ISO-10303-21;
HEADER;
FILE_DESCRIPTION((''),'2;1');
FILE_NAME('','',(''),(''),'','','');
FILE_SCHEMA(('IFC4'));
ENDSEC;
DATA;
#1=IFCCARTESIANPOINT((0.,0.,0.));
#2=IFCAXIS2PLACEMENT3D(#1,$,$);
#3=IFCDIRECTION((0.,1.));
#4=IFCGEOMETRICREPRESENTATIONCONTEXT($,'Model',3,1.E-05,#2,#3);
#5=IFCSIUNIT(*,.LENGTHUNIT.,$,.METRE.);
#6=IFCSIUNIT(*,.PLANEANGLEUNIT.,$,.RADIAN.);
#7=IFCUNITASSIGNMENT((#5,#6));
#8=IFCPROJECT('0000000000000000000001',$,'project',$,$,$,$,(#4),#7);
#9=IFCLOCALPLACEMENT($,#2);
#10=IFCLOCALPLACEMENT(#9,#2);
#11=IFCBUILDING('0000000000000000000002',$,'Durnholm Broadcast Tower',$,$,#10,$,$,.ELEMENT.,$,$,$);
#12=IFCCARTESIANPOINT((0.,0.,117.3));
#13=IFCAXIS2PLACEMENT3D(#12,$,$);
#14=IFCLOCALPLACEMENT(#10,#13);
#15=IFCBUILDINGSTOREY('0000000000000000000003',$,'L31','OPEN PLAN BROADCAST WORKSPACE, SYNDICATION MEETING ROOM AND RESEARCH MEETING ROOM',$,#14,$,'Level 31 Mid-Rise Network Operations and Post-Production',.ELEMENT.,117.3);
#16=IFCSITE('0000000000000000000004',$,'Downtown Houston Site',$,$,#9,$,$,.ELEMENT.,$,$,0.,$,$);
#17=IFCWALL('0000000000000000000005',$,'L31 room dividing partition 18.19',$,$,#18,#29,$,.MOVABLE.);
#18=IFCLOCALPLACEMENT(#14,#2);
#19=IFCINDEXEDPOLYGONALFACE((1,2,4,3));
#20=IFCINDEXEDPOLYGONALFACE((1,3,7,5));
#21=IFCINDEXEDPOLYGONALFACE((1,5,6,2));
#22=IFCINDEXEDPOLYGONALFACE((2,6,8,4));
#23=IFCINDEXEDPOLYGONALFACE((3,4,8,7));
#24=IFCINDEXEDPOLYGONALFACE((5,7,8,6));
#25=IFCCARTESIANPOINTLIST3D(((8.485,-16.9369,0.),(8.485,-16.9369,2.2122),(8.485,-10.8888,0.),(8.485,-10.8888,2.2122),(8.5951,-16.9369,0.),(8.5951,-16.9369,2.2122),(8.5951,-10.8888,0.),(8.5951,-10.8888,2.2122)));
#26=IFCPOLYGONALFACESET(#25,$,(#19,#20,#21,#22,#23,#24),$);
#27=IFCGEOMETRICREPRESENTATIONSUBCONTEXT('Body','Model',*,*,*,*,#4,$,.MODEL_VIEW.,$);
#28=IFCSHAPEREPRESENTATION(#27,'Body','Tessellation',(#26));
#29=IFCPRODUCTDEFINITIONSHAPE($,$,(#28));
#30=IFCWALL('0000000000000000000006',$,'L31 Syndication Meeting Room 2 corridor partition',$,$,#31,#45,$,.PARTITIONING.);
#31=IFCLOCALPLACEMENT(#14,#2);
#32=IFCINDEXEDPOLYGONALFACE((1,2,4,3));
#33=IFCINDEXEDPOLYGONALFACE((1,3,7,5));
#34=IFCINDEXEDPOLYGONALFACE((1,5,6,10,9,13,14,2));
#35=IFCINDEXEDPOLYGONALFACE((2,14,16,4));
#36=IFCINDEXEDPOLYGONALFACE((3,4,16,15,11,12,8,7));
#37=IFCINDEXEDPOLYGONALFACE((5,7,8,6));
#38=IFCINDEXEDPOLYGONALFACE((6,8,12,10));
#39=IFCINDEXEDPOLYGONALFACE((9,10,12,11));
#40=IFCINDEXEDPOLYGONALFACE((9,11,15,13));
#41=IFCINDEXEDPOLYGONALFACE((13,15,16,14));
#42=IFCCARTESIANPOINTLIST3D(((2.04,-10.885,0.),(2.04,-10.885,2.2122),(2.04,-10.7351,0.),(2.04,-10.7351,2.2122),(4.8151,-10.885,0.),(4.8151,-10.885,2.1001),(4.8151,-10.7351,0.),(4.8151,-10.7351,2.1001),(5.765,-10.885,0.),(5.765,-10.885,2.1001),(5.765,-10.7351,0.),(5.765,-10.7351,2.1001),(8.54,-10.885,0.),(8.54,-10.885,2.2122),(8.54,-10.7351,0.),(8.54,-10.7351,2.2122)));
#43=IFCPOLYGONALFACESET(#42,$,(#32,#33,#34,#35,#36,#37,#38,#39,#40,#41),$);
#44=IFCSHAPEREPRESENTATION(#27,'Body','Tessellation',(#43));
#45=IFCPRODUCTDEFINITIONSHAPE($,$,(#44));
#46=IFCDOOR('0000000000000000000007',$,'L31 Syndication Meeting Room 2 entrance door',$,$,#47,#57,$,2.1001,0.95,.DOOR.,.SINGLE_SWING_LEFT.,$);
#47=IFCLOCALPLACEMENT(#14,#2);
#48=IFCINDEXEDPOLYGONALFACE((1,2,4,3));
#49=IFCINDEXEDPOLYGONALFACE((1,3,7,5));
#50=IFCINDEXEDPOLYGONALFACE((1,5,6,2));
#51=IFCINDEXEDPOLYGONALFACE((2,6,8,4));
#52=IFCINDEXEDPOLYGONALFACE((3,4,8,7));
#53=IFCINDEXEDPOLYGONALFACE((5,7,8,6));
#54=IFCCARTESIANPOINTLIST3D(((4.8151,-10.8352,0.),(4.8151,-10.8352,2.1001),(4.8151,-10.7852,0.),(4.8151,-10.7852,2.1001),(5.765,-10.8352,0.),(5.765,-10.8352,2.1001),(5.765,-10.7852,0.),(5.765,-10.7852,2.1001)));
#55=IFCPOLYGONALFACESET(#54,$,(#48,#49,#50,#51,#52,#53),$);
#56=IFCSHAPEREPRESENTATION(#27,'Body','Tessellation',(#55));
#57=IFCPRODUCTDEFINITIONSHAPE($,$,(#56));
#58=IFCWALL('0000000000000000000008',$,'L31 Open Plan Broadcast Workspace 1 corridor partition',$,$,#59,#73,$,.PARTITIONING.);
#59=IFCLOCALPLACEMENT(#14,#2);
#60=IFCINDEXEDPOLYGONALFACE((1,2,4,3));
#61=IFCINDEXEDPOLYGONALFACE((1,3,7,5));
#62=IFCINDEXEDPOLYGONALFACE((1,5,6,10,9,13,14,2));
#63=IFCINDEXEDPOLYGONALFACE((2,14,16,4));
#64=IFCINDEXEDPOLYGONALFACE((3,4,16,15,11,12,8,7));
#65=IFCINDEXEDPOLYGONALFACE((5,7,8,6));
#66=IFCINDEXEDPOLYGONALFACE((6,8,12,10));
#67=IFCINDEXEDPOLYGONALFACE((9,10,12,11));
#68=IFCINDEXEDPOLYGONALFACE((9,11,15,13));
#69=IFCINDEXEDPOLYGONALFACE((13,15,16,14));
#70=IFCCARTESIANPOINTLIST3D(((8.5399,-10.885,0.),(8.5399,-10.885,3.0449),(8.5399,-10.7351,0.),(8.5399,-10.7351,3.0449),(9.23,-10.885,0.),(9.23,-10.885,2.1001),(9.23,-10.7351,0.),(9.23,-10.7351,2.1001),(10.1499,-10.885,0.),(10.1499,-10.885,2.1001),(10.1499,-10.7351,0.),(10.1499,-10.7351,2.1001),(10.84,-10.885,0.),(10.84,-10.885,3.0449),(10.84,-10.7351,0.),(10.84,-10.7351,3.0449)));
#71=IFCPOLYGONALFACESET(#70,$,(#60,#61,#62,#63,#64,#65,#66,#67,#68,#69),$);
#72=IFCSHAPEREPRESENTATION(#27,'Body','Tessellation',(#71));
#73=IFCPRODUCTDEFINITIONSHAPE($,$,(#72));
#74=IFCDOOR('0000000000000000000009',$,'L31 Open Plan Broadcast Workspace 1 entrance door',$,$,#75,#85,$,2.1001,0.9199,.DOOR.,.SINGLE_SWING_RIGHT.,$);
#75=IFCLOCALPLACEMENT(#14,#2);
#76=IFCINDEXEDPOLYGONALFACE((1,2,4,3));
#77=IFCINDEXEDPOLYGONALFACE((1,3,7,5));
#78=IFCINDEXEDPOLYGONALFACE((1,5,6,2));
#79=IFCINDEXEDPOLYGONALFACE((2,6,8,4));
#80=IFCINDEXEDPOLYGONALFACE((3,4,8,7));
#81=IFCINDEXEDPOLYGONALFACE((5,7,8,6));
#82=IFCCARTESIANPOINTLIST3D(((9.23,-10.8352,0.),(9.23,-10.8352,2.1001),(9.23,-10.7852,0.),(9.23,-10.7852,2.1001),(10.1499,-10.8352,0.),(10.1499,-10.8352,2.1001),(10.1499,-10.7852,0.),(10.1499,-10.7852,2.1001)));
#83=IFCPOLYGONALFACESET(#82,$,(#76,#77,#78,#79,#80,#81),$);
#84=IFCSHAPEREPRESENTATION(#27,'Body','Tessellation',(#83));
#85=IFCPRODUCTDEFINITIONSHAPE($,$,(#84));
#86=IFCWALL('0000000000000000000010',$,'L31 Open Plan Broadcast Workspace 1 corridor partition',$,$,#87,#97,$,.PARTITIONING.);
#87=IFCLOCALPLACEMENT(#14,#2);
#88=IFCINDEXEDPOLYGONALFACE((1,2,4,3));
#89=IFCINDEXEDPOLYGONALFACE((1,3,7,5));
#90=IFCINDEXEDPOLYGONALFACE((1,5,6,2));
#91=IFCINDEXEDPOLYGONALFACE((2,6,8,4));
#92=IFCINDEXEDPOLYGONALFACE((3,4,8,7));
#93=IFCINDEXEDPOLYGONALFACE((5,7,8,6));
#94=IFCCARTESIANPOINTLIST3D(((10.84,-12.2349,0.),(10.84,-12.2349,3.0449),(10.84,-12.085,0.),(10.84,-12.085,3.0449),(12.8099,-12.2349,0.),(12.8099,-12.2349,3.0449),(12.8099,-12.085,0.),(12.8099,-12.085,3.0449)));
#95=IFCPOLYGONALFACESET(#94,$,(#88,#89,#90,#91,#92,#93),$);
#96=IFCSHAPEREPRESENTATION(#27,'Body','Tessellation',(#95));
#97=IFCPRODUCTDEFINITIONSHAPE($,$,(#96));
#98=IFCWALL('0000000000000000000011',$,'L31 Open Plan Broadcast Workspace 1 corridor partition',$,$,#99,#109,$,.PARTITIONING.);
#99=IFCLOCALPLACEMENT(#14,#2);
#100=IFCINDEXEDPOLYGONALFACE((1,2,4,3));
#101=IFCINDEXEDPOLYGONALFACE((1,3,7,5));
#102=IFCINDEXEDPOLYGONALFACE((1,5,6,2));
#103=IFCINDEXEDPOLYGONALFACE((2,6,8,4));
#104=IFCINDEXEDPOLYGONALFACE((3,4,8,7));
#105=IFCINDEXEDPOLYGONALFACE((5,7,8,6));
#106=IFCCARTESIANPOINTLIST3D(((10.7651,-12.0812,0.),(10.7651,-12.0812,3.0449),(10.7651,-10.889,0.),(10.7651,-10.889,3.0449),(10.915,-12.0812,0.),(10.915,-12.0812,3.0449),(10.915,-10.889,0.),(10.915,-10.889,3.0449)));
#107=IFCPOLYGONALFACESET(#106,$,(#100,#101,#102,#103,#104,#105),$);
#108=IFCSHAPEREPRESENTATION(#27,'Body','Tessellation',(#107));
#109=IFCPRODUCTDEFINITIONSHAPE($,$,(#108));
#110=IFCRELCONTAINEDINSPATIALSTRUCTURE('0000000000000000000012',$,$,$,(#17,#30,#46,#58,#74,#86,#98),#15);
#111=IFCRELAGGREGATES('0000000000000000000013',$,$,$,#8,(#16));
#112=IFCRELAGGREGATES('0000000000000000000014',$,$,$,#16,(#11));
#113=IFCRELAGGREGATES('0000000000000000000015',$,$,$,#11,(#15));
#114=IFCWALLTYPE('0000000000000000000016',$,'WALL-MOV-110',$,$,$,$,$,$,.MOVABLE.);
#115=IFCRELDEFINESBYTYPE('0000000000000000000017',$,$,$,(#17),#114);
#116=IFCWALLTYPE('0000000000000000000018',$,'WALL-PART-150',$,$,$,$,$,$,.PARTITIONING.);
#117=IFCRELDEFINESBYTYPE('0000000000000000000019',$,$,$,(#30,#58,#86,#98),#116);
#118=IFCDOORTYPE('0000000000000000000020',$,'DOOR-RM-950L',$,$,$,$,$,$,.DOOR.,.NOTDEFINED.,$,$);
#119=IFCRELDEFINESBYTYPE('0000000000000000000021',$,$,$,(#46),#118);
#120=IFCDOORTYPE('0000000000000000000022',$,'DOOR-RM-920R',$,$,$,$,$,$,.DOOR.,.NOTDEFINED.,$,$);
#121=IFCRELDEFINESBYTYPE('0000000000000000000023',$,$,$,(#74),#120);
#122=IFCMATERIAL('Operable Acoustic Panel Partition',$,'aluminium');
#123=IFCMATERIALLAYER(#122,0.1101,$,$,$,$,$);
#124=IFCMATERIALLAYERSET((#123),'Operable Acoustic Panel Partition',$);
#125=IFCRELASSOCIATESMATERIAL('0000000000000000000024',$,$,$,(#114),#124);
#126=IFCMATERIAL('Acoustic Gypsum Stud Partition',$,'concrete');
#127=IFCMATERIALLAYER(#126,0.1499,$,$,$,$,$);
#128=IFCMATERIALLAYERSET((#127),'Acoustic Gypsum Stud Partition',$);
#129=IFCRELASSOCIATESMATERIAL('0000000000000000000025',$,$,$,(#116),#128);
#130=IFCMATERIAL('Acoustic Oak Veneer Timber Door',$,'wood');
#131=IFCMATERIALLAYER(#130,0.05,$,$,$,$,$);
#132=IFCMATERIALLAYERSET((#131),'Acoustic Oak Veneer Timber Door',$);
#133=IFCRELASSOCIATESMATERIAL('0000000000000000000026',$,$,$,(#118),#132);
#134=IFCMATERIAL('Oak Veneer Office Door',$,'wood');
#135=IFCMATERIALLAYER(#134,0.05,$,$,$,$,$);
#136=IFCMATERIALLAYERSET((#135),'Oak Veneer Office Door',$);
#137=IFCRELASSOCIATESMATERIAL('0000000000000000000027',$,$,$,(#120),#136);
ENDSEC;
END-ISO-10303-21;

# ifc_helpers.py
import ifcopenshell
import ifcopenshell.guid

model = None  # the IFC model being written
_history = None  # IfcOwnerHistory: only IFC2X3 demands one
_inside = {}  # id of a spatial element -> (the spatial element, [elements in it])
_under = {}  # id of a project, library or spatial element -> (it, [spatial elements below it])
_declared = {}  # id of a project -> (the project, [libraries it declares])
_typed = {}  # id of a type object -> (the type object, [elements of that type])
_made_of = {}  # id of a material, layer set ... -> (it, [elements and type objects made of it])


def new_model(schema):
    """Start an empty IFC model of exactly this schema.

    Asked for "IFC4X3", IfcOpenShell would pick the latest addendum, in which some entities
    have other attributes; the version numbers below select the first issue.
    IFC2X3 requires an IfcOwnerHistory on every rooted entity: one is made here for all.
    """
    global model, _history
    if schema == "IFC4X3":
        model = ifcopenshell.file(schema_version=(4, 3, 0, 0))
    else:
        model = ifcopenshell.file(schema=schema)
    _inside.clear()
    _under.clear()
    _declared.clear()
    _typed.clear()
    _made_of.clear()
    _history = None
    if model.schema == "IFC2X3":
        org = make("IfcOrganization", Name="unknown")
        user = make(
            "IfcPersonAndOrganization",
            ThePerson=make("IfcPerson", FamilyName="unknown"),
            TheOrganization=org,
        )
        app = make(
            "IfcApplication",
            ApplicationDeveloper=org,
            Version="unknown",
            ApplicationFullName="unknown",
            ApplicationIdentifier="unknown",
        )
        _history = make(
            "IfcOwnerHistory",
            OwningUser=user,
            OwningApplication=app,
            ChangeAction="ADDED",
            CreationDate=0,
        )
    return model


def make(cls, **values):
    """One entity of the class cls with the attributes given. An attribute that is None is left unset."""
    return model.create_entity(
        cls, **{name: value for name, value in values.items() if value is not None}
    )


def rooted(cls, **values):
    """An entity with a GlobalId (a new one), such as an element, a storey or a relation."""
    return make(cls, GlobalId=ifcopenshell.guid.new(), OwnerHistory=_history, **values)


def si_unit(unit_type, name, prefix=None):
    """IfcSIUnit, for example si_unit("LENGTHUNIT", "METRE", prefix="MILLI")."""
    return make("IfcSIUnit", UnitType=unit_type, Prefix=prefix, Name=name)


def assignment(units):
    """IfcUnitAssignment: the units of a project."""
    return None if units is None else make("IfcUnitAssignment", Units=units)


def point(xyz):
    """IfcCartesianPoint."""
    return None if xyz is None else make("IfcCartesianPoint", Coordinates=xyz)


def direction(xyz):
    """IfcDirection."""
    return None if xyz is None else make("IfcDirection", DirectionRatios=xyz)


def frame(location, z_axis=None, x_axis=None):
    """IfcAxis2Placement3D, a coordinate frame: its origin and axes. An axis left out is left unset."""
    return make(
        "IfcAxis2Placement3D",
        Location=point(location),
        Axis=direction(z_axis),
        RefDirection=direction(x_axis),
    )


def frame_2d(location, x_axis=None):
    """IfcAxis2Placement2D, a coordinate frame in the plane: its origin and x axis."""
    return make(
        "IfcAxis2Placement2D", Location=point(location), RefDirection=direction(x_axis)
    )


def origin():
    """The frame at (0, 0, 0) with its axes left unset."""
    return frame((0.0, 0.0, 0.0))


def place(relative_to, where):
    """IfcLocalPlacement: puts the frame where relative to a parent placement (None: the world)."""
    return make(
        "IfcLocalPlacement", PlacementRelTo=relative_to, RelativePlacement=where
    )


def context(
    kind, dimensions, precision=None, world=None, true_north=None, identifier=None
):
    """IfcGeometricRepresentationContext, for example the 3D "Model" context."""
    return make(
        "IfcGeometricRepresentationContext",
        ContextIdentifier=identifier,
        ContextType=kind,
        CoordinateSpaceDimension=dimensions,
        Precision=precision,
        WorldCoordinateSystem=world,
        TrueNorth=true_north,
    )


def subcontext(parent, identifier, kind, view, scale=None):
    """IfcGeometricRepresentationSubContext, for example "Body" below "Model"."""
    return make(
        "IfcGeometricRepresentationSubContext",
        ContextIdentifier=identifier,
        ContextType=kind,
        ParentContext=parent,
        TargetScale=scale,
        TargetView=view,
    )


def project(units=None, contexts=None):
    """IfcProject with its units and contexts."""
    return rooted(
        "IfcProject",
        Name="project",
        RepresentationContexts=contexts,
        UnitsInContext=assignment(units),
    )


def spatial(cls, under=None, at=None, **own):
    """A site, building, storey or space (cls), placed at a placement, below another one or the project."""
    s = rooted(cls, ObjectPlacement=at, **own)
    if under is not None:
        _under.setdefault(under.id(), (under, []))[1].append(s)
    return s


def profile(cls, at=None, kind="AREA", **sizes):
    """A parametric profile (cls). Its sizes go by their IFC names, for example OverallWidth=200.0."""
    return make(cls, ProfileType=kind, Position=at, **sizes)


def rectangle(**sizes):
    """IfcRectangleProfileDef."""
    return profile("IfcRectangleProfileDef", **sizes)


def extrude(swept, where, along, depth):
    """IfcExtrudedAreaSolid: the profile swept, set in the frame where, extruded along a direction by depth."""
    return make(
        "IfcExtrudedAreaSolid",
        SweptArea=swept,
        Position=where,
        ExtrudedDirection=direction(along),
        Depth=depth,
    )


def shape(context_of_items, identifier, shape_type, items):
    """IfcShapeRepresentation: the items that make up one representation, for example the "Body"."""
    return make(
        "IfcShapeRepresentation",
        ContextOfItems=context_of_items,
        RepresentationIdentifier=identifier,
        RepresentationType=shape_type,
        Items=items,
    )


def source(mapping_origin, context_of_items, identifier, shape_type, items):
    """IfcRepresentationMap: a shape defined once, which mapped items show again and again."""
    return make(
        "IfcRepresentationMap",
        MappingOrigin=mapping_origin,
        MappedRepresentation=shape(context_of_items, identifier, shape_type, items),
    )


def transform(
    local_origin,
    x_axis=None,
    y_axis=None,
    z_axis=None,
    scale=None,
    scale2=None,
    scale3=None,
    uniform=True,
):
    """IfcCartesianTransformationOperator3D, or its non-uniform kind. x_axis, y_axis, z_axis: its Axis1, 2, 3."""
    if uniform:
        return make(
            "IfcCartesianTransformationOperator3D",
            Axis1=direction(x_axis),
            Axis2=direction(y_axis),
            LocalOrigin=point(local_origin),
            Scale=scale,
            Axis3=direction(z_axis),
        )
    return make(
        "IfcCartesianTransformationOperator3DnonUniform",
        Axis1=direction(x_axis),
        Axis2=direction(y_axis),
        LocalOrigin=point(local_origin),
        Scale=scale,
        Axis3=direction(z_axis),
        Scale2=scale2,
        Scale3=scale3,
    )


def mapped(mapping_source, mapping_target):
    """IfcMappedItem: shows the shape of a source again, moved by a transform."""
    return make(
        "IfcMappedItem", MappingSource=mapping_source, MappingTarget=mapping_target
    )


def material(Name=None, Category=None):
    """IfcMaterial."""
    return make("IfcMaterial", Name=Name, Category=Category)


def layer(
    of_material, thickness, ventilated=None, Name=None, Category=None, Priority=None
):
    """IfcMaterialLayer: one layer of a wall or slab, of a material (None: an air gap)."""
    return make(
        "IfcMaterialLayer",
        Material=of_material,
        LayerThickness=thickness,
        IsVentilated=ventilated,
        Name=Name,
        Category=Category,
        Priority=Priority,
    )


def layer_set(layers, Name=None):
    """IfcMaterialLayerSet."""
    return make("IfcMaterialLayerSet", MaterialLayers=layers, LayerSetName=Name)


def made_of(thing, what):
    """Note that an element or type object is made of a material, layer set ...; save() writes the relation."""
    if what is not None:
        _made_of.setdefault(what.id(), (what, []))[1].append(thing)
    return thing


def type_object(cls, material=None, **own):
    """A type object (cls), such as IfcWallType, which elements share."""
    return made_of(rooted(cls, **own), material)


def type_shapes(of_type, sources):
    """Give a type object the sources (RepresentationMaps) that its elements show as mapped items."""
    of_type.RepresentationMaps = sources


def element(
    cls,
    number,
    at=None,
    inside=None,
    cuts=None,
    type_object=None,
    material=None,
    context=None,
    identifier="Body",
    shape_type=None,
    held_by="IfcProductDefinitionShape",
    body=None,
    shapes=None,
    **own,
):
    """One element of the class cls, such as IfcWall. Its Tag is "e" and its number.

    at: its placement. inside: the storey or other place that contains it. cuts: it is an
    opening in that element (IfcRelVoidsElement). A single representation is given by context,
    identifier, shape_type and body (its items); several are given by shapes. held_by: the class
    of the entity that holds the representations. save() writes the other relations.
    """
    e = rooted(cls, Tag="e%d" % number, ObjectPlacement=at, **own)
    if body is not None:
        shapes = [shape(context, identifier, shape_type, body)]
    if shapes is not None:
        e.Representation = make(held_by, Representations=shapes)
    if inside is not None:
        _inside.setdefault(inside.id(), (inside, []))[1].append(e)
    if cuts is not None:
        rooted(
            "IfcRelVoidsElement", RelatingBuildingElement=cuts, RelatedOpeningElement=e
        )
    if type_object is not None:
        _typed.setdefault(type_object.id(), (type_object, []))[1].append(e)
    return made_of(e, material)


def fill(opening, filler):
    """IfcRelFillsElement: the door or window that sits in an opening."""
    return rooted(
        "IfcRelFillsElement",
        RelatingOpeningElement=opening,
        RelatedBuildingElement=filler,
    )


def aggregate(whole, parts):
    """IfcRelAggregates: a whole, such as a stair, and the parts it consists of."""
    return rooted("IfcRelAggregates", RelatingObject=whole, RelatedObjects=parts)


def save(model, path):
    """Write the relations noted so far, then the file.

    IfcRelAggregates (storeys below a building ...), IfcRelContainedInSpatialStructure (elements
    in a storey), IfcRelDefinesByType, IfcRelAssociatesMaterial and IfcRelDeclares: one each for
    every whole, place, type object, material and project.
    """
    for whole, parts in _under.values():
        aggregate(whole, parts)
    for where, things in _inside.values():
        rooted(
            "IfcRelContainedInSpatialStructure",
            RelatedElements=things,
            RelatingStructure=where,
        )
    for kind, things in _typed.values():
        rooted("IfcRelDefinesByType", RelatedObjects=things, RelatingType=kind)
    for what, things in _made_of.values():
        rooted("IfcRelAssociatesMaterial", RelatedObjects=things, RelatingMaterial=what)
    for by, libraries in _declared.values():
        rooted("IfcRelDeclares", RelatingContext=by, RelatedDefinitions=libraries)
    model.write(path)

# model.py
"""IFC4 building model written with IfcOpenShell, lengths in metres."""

from ifc_helpers import new_model, si_unit, direction, frame, frame_2d, origin, place, context, subcontext, project, spatial, rectangle, extrude, source, transform, mapped, material, layer, layer_set, type_object, type_shapes, element, fill, save


model = new_model("IFC4")

# Units and contexts
model_context = context("Model", 3, precision=1e-05, world=origin(), true_north=direction((0.0, 1.0)))
body_context = subcontext(model_context, "Body", "Model", "MODEL_VIEW")
ifc_project = project(units=[si_unit("LENGTHUNIT", "METRE"), si_unit("PLANEANGLEUNIT", "RADIAN")], contexts=[model_context])

# Site, building, storey
site_placement = place(None, origin())
site = spatial("IfcSite", under=ifc_project, at=site_placement, Name="Downtown Houston Site", CompositionType="ELEMENT", RefElevation=0.0)
building_placement = place(site_placement, origin())
building = spatial("IfcBuilding", under=site, at=building_placement, Name="Durnholm Broadcast Tower", CompositionType="ELEMENT")
storey_placement = place(building_placement, frame((0.0, 0.0, 117.3)))
storey = spatial("IfcBuildingStorey", under=building, at=storey_placement, Name="L31", Description="OPEN PLAN BROADCAST WORKSPACE, SYNDICATION MEETING ROOM AND RESEARCH MEETING ROOM", LongName="Level 31 Mid-Rise Network Operations and Post-Production", CompositionType="ELEMENT", Elevation=117.3)

# Wall
ifc_material_1 = material(Name="Operable Acoustic Panel Partition", Category="aluminium")
ifc_layer_1 = layer(ifc_material_1, 0.1101)
ifc_layer_set_1 = layer_set([ifc_layer_1], Name="Operable Acoustic Panel Partition")
wall_type_1 = type_object("IfcWallType", Name="WALL-MOV-110", PredefinedType="MOVABLE", material=ifc_layer_set_1)
wall_1_placement = place(storey_placement, frame((8.54, -10.8889, 0.0), z_axis=(0.0, 0.0, 1.0), x_axis=(0.0, -1.0, 0.0)))
element("IfcWall", 1, at=wall_1_placement, inside=storey, type_object=wall_type_1, Name="L31 room dividing partition 18.19", PredefinedType="MOVABLE", context=body_context, shape_type="SweptSolid", body=[
    extrude(rectangle(XDim=6.0481, YDim=0.1101, at=frame_2d((3.0239, 0.0))), origin(), (0.0, 0.0, 1.0), 2.2122),
])

# Walls, openings, doors
ifc_material_2 = material(Name="Acoustic Gypsum Stud Partition", Category="concrete")
ifc_layer_2 = layer(ifc_material_2, 0.1499)
ifc_layer_set_2 = layer_set([ifc_layer_2], Name="Acoustic Gypsum Stud Partition")
wall_type_2 = type_object("IfcWallType", Name="WALL-PART-150", PredefinedType="PARTITIONING", material=ifc_layer_set_2)
wall_2_placement = place(storey_placement, frame((2.04, -10.8101, 0.0), z_axis=(0.0, 0.0, 1.0), x_axis=(1.0, 0.0, 0.0)))
wall_2 = element("IfcWall", 2, at=wall_2_placement, inside=storey, type_object=wall_type_2, Name="L31 Syndication Meeting Room 2 corridor partition", PredefinedType="PARTITIONING", context=body_context, shape_type="SweptSolid", body=[
    extrude(rectangle(XDim=6.5, YDim=0.1499, at=frame_2d((3.25, 0.0))), origin(), (0.0, 0.0, 1.0), 2.2122),
])
opening_1_placement = place(wall_2_placement, frame((2.7749, 0.0, 0.0)))
opening_1 = element("IfcOpeningElement", 3, at=opening_1_placement, cuts=wall_2, PredefinedType="OPENING", context=body_context, shape_type="SweptSolid", body=[
    extrude(rectangle(XDim=0.95, YDim=2.1001, at=frame_2d((0.4751, 1.05))), frame((0.0, 0.085, 0.0), z_axis=(0.0, -1.0, 0.0), x_axis=(1.0, 0.0, 0.0)), (0.0, 0.0, 1.0), 0.1699),
])
ifc_material_3 = material(Name="Acoustic Oak Veneer Timber Door", Category="wood")
ifc_layer_3 = layer(ifc_material_3, 0.05)
ifc_layer_set_3 = layer_set([ifc_layer_3], Name="Acoustic Oak Veneer Timber Door")
door_type_1 = type_object("IfcDoorType", Name="DOOR-RM-950L", OperationType="NOTDEFINED", PredefinedType="DOOR", material=ifc_layer_set_3)
shared_shape_1 = source(origin(), body_context, "Body", "SweptSolid", [
    extrude(rectangle(XDim=0.95, YDim=2.1001, at=frame_2d((0.4751, 1.05))), frame((0.0, 0.0249, 0.0), z_axis=(0.0, -1.0, 0.0), x_axis=(1.0, 0.0, 0.0)), (0.0, 0.0, 1.0), 0.05),
])
type_shapes(door_type_1, [shared_shape_1])
door_1_placement = place(opening_1_placement, origin())
door_1 = element("IfcDoor", 4, at=door_1_placement, inside=storey, type_object=door_type_1, Name="L31 Syndication Meeting Room 2 entrance door", OperationType="SINGLE_SWING_LEFT", OverallHeight=2.1001, OverallWidth=0.95, PredefinedType="DOOR", context=body_context, shape_type="MappedRepresentation", body=[
    mapped(shared_shape_1, transform((0.0, 0.0, 0.0), x_axis=(1.0, 0.0, 0.0), y_axis=(0.0, 1.0, 0.0), z_axis=(0.0, 0.0, 1.0), scale=1.0)),
])
fill(opening_1, door_1)
wall_3_placement = place(storey_placement, frame((8.54, -10.8101, 0.0), z_axis=(0.0, 0.0, 1.0), x_axis=(1.0, 0.0, 0.0)))
wall_3 = element("IfcWall", 5, at=wall_3_placement, inside=storey, type_object=wall_type_2, Name="L31 Open Plan Broadcast Workspace 1 corridor partition", PredefinedType="PARTITIONING", context=body_context, shape_type="SweptSolid", body=[
    extrude(rectangle(XDim=2.3, YDim=0.1499, at=frame_2d((1.1499, 0.0))), origin(), (0.0, 0.0, 1.0), 3.0449),
])
opening_2_placement = place(wall_3_placement, frame((0.6899, 0.0, 0.0)))
opening_2 = element("IfcOpeningElement", 6, at=opening_2_placement, cuts=wall_3, PredefinedType="OPENING", context=body_context, shape_type="SweptSolid", body=[
    extrude(rectangle(XDim=0.9199, YDim=2.1001, at=frame_2d((0.46, 1.05))), frame((0.0, 0.085, 0.0), z_axis=(0.0, -1.0, 0.0), x_axis=(1.0, 0.0, 0.0)), (0.0, 0.0, 1.0), 0.1699),
])
ifc_material_4 = material(Name="Oak Veneer Office Door", Category="wood")
ifc_layer_4 = layer(ifc_material_4, 0.05)
ifc_layer_set_4 = layer_set([ifc_layer_4], Name="Oak Veneer Office Door")
door_type_2 = type_object("IfcDoorType", Name="DOOR-RM-920R", OperationType="NOTDEFINED", PredefinedType="DOOR", material=ifc_layer_set_4)
shared_shape_2 = source(origin(), body_context, "Body", "SweptSolid", [
    extrude(rectangle(XDim=0.9199, YDim=2.1001, at=frame_2d((0.46, 1.05))), frame((0.0, 0.0249, 0.0), z_axis=(0.0, -1.0, 0.0), x_axis=(1.0, 0.0, 0.0)), (0.0, 0.0, 1.0), 0.05),
])
type_shapes(door_type_2, [shared_shape_2])
door_2_placement = place(opening_2_placement, origin())
door_2 = element("IfcDoor", 7, at=door_2_placement, inside=storey, type_object=door_type_2, Name="L31 Open Plan Broadcast Workspace 1 entrance door", OperationType="SINGLE_SWING_RIGHT", OverallHeight=2.1001, OverallWidth=0.9199, PredefinedType="DOOR", context=body_context, shape_type="MappedRepresentation", body=[
    mapped(shared_shape_2, transform((0.0, 0.0, 0.0), x_axis=(1.0, 0.0, 0.0), y_axis=(0.0, 1.0, 0.0), z_axis=(0.0, 0.0, 1.0), scale=1.0)),
])
fill(opening_2, door_2)

# Walls
wall_4_placement = place(storey_placement, frame((10.8401, -12.1599, 0.0), z_axis=(0.0, 0.0, 1.0), x_axis=(1.0, 0.0, 0.0)))
element("IfcWall", 8, at=wall_4_placement, inside=storey, type_object=wall_type_2, Name="L31 Open Plan Broadcast Workspace 1 corridor partition", PredefinedType="PARTITIONING", context=body_context, shape_type="SweptSolid", body=[
    extrude(rectangle(XDim=1.97, YDim=0.1499, at=frame_2d((0.9849, 0.0))), origin(), (0.0, 0.0, 1.0), 3.0449),
])
wall_5_placement = place(storey_placement, frame((10.8401, -10.8889, 0.0), z_axis=(0.0, 0.0, 1.0), x_axis=(0.0, -1.0, 0.0)))
element("IfcWall", 9, at=wall_5_placement, inside=storey, type_object=wall_type_2, Name="L31 Open Plan Broadcast Workspace 1 corridor partition", PredefinedType="PARTITIONING", context=body_context, shape_type="SweptSolid", body=[
    extrude(rectangle(XDim=1.1921, YDim=0.1499, at=frame_2d((0.5962, 0.0))), origin(), (0.0, 0.0, 1.0), 3.0449),
])

save(model, "model.ifc")
